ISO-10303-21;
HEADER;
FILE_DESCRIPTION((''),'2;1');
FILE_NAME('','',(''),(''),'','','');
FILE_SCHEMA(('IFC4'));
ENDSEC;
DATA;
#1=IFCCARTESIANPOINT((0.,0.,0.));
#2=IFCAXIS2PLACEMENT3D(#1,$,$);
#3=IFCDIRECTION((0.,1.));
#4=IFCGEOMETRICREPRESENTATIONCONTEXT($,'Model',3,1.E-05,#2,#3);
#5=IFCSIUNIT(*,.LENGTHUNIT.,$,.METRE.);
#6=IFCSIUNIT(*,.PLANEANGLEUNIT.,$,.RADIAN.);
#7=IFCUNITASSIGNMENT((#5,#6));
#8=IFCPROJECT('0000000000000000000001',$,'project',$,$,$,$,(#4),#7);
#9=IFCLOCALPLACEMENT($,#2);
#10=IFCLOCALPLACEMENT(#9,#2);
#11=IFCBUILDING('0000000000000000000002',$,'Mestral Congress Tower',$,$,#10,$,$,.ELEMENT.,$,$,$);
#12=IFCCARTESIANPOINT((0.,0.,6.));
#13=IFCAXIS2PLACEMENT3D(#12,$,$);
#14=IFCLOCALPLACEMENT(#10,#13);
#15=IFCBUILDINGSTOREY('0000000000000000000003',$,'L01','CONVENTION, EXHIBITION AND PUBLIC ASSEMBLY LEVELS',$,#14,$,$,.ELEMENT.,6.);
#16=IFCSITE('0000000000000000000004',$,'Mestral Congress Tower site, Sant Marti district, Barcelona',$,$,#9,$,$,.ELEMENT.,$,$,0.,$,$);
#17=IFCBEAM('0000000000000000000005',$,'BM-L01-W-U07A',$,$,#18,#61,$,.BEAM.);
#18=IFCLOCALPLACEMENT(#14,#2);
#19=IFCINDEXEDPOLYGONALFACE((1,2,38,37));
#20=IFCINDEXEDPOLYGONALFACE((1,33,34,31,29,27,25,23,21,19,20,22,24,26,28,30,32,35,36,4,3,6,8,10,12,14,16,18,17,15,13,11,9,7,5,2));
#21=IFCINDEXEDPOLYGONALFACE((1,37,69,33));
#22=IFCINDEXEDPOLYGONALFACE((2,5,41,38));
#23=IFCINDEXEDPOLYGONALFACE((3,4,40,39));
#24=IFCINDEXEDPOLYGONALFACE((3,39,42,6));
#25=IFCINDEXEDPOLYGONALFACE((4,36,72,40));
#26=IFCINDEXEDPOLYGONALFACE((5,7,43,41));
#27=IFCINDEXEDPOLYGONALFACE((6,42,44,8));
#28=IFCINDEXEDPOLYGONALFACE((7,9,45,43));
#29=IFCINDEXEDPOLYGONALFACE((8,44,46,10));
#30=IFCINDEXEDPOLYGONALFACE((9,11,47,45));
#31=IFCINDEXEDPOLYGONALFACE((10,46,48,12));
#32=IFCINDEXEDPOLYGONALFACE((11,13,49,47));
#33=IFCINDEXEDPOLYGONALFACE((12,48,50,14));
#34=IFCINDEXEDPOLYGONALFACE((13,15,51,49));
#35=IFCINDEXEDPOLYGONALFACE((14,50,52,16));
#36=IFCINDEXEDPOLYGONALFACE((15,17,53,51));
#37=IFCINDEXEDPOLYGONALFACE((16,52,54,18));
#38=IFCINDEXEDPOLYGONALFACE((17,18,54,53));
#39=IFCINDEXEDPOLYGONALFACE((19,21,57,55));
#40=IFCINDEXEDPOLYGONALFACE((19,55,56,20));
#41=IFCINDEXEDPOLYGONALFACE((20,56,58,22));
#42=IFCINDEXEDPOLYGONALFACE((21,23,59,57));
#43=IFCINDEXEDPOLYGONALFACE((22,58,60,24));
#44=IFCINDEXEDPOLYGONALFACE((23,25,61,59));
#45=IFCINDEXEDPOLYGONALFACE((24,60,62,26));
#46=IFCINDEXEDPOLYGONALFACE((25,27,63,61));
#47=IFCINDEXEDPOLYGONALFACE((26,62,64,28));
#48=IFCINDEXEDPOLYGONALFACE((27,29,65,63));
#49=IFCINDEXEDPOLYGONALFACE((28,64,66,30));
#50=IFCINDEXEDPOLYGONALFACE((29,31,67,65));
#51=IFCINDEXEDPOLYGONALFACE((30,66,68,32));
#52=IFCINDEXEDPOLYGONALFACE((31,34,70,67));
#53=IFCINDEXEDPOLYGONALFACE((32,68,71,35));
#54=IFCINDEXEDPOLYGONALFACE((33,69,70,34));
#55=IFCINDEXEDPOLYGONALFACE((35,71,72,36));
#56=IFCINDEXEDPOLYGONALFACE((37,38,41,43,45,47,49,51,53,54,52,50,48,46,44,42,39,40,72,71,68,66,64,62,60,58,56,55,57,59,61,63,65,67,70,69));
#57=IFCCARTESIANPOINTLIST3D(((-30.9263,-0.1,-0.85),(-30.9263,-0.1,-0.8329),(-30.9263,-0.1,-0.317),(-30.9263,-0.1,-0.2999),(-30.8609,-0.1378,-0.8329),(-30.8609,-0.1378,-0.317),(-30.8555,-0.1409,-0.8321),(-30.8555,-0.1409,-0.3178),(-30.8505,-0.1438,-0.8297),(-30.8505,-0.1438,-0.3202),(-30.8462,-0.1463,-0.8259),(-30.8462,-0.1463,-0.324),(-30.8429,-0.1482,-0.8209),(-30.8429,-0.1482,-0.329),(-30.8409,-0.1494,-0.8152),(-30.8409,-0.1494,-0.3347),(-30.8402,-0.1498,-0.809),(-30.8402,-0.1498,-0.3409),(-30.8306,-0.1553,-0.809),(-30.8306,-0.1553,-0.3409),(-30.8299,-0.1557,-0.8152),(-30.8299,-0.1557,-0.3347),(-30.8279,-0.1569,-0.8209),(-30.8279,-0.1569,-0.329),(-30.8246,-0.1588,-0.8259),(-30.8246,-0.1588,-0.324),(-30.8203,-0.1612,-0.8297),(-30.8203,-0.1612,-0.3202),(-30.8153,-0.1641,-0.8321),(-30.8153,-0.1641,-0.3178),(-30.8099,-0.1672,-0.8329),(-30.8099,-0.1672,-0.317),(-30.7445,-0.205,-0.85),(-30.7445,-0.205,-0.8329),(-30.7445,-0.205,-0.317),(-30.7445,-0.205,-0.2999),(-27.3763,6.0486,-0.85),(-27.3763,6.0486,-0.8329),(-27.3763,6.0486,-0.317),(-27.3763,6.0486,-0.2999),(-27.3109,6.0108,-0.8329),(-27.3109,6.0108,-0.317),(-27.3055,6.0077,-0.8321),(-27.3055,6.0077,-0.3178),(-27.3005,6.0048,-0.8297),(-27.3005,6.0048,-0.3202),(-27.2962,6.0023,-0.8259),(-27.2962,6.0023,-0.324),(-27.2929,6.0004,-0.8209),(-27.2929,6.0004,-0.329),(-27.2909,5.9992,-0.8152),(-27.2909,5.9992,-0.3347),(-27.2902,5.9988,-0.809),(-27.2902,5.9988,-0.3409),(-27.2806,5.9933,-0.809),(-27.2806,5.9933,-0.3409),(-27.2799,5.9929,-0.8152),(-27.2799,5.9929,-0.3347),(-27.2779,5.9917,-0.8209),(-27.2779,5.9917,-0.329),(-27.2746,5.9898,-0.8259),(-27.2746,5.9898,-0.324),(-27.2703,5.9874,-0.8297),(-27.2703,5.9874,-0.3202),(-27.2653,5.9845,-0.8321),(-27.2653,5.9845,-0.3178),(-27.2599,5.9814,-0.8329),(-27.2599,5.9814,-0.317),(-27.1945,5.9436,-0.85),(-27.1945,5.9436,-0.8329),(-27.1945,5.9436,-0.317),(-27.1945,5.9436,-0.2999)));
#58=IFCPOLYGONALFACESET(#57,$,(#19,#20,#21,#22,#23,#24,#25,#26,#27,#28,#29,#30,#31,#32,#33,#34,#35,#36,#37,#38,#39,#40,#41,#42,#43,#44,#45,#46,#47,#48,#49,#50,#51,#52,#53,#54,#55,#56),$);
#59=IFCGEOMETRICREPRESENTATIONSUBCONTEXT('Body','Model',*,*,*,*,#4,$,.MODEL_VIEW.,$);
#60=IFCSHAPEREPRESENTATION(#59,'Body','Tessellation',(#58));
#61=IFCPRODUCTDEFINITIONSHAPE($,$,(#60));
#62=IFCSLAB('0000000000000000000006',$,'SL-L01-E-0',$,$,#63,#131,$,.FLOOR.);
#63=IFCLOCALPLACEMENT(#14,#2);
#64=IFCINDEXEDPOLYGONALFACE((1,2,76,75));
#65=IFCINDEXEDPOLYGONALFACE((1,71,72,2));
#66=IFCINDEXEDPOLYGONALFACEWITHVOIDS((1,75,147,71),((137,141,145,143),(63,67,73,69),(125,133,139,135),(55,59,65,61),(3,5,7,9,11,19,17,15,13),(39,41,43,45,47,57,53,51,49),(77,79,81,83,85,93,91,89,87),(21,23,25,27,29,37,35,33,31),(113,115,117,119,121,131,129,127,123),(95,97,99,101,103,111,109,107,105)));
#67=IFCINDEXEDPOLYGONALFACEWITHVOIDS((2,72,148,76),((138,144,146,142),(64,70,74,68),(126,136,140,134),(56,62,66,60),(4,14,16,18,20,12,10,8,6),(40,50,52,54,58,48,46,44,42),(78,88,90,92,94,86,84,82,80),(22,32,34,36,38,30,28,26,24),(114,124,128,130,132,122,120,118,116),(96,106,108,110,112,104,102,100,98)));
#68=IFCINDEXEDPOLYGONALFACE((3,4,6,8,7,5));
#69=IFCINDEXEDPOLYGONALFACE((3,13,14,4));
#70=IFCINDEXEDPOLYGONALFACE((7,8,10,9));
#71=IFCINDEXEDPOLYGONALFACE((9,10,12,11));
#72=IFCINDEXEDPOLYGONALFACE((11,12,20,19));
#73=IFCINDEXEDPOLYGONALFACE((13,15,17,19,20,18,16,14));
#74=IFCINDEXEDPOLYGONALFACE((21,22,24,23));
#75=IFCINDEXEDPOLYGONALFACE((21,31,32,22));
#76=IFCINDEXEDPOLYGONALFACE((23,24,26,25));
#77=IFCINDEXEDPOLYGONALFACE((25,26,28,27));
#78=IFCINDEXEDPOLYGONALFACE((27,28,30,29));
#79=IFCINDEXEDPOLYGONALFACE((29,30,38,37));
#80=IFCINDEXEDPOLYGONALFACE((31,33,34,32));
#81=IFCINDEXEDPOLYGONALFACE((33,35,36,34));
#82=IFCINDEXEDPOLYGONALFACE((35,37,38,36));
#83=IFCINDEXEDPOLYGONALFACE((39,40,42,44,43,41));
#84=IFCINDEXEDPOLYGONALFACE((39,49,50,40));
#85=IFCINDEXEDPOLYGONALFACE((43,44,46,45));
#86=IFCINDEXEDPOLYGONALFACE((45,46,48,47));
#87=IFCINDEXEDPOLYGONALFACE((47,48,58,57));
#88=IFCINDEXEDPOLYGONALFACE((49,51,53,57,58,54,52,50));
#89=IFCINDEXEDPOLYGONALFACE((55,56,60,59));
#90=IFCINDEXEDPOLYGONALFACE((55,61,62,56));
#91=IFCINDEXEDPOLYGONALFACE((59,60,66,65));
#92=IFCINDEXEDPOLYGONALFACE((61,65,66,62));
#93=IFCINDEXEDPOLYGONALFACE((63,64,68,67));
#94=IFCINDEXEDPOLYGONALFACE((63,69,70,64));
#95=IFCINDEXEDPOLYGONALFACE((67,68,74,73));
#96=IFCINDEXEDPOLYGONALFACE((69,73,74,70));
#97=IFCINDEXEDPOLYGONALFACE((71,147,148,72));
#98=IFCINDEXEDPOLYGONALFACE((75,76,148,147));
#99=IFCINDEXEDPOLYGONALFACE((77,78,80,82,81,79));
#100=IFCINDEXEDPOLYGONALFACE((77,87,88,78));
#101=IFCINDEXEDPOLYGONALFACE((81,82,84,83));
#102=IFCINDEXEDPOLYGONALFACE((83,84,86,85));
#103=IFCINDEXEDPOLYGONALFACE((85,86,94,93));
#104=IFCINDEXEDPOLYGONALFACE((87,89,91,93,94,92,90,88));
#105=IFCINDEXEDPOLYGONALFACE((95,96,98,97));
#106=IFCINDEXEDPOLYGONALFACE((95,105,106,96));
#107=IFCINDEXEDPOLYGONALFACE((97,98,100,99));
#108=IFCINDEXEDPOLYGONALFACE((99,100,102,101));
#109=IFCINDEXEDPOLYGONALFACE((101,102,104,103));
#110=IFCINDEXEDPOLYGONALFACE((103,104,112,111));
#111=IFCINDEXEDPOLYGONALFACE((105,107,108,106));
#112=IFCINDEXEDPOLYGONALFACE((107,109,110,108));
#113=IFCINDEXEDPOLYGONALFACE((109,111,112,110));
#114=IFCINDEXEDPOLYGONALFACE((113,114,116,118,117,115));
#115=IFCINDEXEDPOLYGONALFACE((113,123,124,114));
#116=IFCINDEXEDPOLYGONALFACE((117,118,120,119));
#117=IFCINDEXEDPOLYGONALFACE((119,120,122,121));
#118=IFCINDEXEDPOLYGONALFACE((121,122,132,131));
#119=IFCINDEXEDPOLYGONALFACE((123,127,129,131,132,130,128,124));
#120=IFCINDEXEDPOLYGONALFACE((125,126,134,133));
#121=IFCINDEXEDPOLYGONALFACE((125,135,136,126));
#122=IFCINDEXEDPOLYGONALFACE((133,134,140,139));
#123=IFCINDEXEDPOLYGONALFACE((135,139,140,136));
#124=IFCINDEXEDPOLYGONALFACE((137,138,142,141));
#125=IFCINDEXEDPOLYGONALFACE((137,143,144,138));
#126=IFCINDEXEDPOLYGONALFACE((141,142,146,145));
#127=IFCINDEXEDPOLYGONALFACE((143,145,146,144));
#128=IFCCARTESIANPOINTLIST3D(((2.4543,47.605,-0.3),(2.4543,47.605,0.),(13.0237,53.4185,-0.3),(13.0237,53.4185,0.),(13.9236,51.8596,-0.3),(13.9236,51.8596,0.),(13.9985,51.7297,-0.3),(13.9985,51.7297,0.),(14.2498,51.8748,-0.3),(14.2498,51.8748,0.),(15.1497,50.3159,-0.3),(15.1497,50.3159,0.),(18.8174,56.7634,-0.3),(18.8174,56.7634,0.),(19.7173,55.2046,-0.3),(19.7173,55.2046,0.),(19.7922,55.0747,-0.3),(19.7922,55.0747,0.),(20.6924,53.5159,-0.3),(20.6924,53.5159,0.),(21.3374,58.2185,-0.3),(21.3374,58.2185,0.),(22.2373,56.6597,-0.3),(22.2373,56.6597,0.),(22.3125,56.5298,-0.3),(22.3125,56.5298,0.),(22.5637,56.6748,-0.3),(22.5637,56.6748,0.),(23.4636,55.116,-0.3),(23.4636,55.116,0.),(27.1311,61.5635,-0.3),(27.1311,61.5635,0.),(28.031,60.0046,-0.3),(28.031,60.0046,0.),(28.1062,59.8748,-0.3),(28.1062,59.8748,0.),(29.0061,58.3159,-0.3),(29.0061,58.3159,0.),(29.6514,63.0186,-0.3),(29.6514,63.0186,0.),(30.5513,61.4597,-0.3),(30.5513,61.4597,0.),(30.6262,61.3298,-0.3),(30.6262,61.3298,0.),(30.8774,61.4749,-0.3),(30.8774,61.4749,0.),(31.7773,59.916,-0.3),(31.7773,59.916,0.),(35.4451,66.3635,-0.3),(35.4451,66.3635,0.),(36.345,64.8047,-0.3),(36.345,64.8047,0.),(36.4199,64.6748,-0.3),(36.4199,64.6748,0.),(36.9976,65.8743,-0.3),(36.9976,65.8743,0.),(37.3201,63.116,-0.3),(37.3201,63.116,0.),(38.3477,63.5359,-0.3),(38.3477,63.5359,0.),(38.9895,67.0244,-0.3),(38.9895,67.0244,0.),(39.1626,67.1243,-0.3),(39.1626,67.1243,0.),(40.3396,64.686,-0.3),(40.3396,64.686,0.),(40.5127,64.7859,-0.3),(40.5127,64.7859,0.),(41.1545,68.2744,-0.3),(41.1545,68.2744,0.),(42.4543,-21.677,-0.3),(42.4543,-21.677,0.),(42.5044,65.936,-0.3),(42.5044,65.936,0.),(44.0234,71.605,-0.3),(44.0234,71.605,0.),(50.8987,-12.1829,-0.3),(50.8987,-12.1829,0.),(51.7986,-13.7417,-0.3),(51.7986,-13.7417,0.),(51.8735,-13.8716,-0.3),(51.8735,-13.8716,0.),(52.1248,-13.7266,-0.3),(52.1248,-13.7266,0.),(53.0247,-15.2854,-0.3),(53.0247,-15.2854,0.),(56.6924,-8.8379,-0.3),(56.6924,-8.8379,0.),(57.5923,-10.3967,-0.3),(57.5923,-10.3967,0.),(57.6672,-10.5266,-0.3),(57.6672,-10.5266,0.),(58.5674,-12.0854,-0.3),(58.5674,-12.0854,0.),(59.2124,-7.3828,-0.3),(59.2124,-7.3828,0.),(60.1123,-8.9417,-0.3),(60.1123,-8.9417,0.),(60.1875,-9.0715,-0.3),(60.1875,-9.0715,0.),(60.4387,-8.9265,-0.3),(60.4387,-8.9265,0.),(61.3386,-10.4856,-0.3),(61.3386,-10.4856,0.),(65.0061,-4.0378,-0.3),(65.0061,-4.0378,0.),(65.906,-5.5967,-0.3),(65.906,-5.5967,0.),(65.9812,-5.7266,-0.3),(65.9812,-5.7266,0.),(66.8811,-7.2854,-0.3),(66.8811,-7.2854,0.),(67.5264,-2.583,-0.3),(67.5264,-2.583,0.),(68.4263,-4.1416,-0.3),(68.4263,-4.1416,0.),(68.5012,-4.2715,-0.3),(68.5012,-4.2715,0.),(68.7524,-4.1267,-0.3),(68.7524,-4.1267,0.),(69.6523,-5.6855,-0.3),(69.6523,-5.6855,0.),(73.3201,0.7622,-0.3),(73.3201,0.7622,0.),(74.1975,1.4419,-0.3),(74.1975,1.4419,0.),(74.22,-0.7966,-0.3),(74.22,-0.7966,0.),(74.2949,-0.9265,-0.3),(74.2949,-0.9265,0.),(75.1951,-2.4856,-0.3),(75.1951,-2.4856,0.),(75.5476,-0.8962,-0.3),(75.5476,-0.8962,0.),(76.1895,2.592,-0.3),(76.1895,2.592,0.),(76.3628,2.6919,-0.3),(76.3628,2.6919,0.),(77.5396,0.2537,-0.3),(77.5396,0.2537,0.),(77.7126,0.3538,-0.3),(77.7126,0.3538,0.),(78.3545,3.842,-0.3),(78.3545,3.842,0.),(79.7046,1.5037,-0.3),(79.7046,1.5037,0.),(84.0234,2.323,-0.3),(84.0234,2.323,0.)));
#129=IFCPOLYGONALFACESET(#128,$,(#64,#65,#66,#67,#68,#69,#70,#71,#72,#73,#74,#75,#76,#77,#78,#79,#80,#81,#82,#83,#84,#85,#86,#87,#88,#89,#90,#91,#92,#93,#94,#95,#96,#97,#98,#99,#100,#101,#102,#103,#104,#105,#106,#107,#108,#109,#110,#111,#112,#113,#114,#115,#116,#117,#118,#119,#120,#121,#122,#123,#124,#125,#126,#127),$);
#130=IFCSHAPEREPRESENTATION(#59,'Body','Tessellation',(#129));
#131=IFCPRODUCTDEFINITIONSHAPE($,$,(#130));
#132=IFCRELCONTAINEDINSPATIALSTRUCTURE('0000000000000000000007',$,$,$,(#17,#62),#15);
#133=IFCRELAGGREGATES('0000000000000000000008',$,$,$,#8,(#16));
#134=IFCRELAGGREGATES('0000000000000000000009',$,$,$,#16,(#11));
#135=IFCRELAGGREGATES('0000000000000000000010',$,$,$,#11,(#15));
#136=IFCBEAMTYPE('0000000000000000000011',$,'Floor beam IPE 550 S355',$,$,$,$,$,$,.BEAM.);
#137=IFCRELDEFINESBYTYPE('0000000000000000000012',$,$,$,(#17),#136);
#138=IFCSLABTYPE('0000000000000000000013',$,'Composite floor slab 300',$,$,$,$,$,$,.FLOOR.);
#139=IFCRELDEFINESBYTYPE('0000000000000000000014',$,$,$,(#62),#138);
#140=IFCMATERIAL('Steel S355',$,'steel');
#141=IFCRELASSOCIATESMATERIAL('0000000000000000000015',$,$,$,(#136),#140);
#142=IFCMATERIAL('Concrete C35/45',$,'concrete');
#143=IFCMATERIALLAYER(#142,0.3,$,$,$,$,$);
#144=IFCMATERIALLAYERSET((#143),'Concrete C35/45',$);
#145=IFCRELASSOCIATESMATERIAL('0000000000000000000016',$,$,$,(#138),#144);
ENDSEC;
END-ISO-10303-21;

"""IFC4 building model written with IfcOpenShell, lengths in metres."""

from ifc_helpers import new_model, si_unit, direction, frame, origin, origin_2d, place, context, subcontext, project, spatial, polyline, i_section, outline, extrude, material, layer, layer_set, material_profile, profile_set, type_object, element, save


model = new_model("IFC4")

# Units and contexts
model_context = context("Model", 3, precision=1e-05, world=origin(), true_north=direction((0.0, 1.0)))
body_context = subcontext(model_context, "Body", "Model", "MODEL_VIEW")
ifc_project = project(units=[si_unit("LENGTHUNIT", "METRE"), si_unit("PLANEANGLEUNIT", "RADIAN")], contexts=[model_context])

# Site, building, storey
site_placement = place(None, origin())
site = spatial("IfcSite", under=ifc_project, at=site_placement, Name="Mestral Congress Tower site, Sant Marti district, Barcelona", CompositionType="ELEMENT", RefElevation=0.0)
building_placement = place(site_placement, origin())
building = spatial("IfcBuilding", under=site, at=building_placement, Name="Mestral Congress Tower", CompositionType="ELEMENT")
storey_placement = place(building_placement, frame((0.0, 0.0, 6.0)))
storey = spatial("IfcBuildingStorey", under=building, at=storey_placement, Name="L01", Description="CONVENTION, EXHIBITION AND PUBLIC ASSEMBLY LEVELS", CompositionType="ELEMENT", Elevation=6.0)

# Beam
ifc_material_1 = material(Name="Steel S355", Category="steel")
ifc_material_profile = material_profile(ifc_material_1, i_section(OverallWidth=0.21, OverallDepth=0.55, WebThickness=0.011, FlangeThickness=0.0171, FilletRadius=0.0239, at=origin_2d()), Name="IPE 550")
ifc_profile_set = profile_set([ifc_material_profile], Name="Steel S355")
beam_type = type_object("IfcBeamType", Name="Floor beam IPE 550 S355", PredefinedType="BEAM", material=ifc_profile_set)
beam_placement = place(storey_placement, frame((-27.2854, 5.9961, -0.575), z_axis=(-0.500011, -0.866019, 0.0), x_axis=(0.866019, -0.500011, 0.0)))
element("IfcBeam", 1, at=beam_placement, inside=storey, type_object=beam_type, Name="BM-L01-W-U07A", PredefinedType="BEAM", context=body_context, shape_type="SweptSolid", body=[
    extrude(i_section(OverallWidth=0.21, OverallDepth=0.55, WebThickness=0.011, FlangeThickness=0.0171, FilletRadius=0.0239, at=origin_2d()), origin(), (0.0, 0.0, 1.0), 7.0999),
])

# Slab
ifc_material_2 = material(Name="Concrete C35/45", Category="concrete")
ifc_layer_1 = layer(ifc_material_2, 0.3)
ifc_layer_set_1 = layer_set([ifc_layer_1], Name="Concrete C35/45")
slab_type_1 = type_object("IfcSlabType", Name="Composite floor slab 300", PredefinedType="FLOOR", material=ifc_layer_set_1)
placement_1 = place(storey_placement, frame((0.0, 0.0, -0.3)))
element("IfcSlab", 2, at=placement_1, inside=storey, type_object=slab_type_1, Name="SL-L01-E-0", PredefinedType="FLOOR", context=body_context, shape_type="SweptSolid", body=[
    extrude(outline(polyline([(42.4543, -21.677), (84.0234, 2.323), (44.0234, 71.605), (2.4543, 47.605), (42.4543, -21.677)]), holes=[polyline([(50.8987, -12.1829), (56.6924, -8.8379), (57.5923, -10.3967), (57.6672, -10.5266), (58.5674, -12.0854), (53.0247, -15.2854), (52.1248, -13.7266), (51.8735, -13.8716), (51.7986, -13.7417), (50.8987, -12.1829)]), polyline([(13.0237, 53.4185), (18.8174, 56.7634), (19.7173, 55.2046), (19.7922, 55.0747), (20.6924, 53.5159), (15.1497, 50.3159), (14.2498, 51.8748), (13.9985, 51.7297), (13.9236, 51.8596), (13.0237, 53.4185)]), polyline([(59.2124, -7.3828), (65.0061, -4.0378), (65.906, -5.5967), (65.9812, -5.7266), (66.8811, -7.2854), (61.3386, -10.4856), (60.4387, -8.9265), (60.1875, -9.0715), (60.1123, -8.9417), (59.2124, -7.3828)]), polyline([(22.2373, 56.6597), (21.3374, 58.2185), (27.1311, 61.5635), (28.031, 60.0046), (28.1062, 59.8748), (29.0061, 58.3159), (23.4636, 55.116), (22.5637, 56.6748), (22.3125, 56.5298), (22.2373, 56.6597)]), polyline([(68.4263, -4.1416), (67.5264, -2.583), (73.3201, 0.7622), (74.22, -0.7966), (74.2949, -0.9265), (75.1951, -2.4856), (69.6523, -5.6855), (68.7524, -4.1267), (68.5012, -4.2715), (68.4263, -4.1416)]), polyline([(29.6514, 63.0186), (35.4451, 66.3635), (36.345, 64.8047), (36.4199, 64.6748), (37.3201, 63.116), (31.7773, 59.916), (30.8774, 61.4749), (30.6262, 61.3298), (30.5513, 61.4597), (29.6514, 63.0186)]), polyline([(77.5396, 0.2537), (75.5476, -0.8962), (74.1975, 1.4419), (76.1895, 2.592), (77.5396, 0.2537)]), polyline([(40.3396, 64.686), (38.3477, 63.5359), (36.9976, 65.8743), (38.9895, 67.0244), (40.3396, 64.686)]), polyline([(78.3545, 3.842), (79.7046, 1.5037), (77.7126, 0.3538), (76.3628, 2.6919), (78.3545, 3.842)]), polyline([(41.1545, 68.2744), (42.5044, 65.936), (40.5127, 64.7859), (39.1626, 67.1243), (41.1545, 68.2744)])]), origin(), (0.0, 0.0, 1.0), 0.3),
])

save(model, "model.ifc")
